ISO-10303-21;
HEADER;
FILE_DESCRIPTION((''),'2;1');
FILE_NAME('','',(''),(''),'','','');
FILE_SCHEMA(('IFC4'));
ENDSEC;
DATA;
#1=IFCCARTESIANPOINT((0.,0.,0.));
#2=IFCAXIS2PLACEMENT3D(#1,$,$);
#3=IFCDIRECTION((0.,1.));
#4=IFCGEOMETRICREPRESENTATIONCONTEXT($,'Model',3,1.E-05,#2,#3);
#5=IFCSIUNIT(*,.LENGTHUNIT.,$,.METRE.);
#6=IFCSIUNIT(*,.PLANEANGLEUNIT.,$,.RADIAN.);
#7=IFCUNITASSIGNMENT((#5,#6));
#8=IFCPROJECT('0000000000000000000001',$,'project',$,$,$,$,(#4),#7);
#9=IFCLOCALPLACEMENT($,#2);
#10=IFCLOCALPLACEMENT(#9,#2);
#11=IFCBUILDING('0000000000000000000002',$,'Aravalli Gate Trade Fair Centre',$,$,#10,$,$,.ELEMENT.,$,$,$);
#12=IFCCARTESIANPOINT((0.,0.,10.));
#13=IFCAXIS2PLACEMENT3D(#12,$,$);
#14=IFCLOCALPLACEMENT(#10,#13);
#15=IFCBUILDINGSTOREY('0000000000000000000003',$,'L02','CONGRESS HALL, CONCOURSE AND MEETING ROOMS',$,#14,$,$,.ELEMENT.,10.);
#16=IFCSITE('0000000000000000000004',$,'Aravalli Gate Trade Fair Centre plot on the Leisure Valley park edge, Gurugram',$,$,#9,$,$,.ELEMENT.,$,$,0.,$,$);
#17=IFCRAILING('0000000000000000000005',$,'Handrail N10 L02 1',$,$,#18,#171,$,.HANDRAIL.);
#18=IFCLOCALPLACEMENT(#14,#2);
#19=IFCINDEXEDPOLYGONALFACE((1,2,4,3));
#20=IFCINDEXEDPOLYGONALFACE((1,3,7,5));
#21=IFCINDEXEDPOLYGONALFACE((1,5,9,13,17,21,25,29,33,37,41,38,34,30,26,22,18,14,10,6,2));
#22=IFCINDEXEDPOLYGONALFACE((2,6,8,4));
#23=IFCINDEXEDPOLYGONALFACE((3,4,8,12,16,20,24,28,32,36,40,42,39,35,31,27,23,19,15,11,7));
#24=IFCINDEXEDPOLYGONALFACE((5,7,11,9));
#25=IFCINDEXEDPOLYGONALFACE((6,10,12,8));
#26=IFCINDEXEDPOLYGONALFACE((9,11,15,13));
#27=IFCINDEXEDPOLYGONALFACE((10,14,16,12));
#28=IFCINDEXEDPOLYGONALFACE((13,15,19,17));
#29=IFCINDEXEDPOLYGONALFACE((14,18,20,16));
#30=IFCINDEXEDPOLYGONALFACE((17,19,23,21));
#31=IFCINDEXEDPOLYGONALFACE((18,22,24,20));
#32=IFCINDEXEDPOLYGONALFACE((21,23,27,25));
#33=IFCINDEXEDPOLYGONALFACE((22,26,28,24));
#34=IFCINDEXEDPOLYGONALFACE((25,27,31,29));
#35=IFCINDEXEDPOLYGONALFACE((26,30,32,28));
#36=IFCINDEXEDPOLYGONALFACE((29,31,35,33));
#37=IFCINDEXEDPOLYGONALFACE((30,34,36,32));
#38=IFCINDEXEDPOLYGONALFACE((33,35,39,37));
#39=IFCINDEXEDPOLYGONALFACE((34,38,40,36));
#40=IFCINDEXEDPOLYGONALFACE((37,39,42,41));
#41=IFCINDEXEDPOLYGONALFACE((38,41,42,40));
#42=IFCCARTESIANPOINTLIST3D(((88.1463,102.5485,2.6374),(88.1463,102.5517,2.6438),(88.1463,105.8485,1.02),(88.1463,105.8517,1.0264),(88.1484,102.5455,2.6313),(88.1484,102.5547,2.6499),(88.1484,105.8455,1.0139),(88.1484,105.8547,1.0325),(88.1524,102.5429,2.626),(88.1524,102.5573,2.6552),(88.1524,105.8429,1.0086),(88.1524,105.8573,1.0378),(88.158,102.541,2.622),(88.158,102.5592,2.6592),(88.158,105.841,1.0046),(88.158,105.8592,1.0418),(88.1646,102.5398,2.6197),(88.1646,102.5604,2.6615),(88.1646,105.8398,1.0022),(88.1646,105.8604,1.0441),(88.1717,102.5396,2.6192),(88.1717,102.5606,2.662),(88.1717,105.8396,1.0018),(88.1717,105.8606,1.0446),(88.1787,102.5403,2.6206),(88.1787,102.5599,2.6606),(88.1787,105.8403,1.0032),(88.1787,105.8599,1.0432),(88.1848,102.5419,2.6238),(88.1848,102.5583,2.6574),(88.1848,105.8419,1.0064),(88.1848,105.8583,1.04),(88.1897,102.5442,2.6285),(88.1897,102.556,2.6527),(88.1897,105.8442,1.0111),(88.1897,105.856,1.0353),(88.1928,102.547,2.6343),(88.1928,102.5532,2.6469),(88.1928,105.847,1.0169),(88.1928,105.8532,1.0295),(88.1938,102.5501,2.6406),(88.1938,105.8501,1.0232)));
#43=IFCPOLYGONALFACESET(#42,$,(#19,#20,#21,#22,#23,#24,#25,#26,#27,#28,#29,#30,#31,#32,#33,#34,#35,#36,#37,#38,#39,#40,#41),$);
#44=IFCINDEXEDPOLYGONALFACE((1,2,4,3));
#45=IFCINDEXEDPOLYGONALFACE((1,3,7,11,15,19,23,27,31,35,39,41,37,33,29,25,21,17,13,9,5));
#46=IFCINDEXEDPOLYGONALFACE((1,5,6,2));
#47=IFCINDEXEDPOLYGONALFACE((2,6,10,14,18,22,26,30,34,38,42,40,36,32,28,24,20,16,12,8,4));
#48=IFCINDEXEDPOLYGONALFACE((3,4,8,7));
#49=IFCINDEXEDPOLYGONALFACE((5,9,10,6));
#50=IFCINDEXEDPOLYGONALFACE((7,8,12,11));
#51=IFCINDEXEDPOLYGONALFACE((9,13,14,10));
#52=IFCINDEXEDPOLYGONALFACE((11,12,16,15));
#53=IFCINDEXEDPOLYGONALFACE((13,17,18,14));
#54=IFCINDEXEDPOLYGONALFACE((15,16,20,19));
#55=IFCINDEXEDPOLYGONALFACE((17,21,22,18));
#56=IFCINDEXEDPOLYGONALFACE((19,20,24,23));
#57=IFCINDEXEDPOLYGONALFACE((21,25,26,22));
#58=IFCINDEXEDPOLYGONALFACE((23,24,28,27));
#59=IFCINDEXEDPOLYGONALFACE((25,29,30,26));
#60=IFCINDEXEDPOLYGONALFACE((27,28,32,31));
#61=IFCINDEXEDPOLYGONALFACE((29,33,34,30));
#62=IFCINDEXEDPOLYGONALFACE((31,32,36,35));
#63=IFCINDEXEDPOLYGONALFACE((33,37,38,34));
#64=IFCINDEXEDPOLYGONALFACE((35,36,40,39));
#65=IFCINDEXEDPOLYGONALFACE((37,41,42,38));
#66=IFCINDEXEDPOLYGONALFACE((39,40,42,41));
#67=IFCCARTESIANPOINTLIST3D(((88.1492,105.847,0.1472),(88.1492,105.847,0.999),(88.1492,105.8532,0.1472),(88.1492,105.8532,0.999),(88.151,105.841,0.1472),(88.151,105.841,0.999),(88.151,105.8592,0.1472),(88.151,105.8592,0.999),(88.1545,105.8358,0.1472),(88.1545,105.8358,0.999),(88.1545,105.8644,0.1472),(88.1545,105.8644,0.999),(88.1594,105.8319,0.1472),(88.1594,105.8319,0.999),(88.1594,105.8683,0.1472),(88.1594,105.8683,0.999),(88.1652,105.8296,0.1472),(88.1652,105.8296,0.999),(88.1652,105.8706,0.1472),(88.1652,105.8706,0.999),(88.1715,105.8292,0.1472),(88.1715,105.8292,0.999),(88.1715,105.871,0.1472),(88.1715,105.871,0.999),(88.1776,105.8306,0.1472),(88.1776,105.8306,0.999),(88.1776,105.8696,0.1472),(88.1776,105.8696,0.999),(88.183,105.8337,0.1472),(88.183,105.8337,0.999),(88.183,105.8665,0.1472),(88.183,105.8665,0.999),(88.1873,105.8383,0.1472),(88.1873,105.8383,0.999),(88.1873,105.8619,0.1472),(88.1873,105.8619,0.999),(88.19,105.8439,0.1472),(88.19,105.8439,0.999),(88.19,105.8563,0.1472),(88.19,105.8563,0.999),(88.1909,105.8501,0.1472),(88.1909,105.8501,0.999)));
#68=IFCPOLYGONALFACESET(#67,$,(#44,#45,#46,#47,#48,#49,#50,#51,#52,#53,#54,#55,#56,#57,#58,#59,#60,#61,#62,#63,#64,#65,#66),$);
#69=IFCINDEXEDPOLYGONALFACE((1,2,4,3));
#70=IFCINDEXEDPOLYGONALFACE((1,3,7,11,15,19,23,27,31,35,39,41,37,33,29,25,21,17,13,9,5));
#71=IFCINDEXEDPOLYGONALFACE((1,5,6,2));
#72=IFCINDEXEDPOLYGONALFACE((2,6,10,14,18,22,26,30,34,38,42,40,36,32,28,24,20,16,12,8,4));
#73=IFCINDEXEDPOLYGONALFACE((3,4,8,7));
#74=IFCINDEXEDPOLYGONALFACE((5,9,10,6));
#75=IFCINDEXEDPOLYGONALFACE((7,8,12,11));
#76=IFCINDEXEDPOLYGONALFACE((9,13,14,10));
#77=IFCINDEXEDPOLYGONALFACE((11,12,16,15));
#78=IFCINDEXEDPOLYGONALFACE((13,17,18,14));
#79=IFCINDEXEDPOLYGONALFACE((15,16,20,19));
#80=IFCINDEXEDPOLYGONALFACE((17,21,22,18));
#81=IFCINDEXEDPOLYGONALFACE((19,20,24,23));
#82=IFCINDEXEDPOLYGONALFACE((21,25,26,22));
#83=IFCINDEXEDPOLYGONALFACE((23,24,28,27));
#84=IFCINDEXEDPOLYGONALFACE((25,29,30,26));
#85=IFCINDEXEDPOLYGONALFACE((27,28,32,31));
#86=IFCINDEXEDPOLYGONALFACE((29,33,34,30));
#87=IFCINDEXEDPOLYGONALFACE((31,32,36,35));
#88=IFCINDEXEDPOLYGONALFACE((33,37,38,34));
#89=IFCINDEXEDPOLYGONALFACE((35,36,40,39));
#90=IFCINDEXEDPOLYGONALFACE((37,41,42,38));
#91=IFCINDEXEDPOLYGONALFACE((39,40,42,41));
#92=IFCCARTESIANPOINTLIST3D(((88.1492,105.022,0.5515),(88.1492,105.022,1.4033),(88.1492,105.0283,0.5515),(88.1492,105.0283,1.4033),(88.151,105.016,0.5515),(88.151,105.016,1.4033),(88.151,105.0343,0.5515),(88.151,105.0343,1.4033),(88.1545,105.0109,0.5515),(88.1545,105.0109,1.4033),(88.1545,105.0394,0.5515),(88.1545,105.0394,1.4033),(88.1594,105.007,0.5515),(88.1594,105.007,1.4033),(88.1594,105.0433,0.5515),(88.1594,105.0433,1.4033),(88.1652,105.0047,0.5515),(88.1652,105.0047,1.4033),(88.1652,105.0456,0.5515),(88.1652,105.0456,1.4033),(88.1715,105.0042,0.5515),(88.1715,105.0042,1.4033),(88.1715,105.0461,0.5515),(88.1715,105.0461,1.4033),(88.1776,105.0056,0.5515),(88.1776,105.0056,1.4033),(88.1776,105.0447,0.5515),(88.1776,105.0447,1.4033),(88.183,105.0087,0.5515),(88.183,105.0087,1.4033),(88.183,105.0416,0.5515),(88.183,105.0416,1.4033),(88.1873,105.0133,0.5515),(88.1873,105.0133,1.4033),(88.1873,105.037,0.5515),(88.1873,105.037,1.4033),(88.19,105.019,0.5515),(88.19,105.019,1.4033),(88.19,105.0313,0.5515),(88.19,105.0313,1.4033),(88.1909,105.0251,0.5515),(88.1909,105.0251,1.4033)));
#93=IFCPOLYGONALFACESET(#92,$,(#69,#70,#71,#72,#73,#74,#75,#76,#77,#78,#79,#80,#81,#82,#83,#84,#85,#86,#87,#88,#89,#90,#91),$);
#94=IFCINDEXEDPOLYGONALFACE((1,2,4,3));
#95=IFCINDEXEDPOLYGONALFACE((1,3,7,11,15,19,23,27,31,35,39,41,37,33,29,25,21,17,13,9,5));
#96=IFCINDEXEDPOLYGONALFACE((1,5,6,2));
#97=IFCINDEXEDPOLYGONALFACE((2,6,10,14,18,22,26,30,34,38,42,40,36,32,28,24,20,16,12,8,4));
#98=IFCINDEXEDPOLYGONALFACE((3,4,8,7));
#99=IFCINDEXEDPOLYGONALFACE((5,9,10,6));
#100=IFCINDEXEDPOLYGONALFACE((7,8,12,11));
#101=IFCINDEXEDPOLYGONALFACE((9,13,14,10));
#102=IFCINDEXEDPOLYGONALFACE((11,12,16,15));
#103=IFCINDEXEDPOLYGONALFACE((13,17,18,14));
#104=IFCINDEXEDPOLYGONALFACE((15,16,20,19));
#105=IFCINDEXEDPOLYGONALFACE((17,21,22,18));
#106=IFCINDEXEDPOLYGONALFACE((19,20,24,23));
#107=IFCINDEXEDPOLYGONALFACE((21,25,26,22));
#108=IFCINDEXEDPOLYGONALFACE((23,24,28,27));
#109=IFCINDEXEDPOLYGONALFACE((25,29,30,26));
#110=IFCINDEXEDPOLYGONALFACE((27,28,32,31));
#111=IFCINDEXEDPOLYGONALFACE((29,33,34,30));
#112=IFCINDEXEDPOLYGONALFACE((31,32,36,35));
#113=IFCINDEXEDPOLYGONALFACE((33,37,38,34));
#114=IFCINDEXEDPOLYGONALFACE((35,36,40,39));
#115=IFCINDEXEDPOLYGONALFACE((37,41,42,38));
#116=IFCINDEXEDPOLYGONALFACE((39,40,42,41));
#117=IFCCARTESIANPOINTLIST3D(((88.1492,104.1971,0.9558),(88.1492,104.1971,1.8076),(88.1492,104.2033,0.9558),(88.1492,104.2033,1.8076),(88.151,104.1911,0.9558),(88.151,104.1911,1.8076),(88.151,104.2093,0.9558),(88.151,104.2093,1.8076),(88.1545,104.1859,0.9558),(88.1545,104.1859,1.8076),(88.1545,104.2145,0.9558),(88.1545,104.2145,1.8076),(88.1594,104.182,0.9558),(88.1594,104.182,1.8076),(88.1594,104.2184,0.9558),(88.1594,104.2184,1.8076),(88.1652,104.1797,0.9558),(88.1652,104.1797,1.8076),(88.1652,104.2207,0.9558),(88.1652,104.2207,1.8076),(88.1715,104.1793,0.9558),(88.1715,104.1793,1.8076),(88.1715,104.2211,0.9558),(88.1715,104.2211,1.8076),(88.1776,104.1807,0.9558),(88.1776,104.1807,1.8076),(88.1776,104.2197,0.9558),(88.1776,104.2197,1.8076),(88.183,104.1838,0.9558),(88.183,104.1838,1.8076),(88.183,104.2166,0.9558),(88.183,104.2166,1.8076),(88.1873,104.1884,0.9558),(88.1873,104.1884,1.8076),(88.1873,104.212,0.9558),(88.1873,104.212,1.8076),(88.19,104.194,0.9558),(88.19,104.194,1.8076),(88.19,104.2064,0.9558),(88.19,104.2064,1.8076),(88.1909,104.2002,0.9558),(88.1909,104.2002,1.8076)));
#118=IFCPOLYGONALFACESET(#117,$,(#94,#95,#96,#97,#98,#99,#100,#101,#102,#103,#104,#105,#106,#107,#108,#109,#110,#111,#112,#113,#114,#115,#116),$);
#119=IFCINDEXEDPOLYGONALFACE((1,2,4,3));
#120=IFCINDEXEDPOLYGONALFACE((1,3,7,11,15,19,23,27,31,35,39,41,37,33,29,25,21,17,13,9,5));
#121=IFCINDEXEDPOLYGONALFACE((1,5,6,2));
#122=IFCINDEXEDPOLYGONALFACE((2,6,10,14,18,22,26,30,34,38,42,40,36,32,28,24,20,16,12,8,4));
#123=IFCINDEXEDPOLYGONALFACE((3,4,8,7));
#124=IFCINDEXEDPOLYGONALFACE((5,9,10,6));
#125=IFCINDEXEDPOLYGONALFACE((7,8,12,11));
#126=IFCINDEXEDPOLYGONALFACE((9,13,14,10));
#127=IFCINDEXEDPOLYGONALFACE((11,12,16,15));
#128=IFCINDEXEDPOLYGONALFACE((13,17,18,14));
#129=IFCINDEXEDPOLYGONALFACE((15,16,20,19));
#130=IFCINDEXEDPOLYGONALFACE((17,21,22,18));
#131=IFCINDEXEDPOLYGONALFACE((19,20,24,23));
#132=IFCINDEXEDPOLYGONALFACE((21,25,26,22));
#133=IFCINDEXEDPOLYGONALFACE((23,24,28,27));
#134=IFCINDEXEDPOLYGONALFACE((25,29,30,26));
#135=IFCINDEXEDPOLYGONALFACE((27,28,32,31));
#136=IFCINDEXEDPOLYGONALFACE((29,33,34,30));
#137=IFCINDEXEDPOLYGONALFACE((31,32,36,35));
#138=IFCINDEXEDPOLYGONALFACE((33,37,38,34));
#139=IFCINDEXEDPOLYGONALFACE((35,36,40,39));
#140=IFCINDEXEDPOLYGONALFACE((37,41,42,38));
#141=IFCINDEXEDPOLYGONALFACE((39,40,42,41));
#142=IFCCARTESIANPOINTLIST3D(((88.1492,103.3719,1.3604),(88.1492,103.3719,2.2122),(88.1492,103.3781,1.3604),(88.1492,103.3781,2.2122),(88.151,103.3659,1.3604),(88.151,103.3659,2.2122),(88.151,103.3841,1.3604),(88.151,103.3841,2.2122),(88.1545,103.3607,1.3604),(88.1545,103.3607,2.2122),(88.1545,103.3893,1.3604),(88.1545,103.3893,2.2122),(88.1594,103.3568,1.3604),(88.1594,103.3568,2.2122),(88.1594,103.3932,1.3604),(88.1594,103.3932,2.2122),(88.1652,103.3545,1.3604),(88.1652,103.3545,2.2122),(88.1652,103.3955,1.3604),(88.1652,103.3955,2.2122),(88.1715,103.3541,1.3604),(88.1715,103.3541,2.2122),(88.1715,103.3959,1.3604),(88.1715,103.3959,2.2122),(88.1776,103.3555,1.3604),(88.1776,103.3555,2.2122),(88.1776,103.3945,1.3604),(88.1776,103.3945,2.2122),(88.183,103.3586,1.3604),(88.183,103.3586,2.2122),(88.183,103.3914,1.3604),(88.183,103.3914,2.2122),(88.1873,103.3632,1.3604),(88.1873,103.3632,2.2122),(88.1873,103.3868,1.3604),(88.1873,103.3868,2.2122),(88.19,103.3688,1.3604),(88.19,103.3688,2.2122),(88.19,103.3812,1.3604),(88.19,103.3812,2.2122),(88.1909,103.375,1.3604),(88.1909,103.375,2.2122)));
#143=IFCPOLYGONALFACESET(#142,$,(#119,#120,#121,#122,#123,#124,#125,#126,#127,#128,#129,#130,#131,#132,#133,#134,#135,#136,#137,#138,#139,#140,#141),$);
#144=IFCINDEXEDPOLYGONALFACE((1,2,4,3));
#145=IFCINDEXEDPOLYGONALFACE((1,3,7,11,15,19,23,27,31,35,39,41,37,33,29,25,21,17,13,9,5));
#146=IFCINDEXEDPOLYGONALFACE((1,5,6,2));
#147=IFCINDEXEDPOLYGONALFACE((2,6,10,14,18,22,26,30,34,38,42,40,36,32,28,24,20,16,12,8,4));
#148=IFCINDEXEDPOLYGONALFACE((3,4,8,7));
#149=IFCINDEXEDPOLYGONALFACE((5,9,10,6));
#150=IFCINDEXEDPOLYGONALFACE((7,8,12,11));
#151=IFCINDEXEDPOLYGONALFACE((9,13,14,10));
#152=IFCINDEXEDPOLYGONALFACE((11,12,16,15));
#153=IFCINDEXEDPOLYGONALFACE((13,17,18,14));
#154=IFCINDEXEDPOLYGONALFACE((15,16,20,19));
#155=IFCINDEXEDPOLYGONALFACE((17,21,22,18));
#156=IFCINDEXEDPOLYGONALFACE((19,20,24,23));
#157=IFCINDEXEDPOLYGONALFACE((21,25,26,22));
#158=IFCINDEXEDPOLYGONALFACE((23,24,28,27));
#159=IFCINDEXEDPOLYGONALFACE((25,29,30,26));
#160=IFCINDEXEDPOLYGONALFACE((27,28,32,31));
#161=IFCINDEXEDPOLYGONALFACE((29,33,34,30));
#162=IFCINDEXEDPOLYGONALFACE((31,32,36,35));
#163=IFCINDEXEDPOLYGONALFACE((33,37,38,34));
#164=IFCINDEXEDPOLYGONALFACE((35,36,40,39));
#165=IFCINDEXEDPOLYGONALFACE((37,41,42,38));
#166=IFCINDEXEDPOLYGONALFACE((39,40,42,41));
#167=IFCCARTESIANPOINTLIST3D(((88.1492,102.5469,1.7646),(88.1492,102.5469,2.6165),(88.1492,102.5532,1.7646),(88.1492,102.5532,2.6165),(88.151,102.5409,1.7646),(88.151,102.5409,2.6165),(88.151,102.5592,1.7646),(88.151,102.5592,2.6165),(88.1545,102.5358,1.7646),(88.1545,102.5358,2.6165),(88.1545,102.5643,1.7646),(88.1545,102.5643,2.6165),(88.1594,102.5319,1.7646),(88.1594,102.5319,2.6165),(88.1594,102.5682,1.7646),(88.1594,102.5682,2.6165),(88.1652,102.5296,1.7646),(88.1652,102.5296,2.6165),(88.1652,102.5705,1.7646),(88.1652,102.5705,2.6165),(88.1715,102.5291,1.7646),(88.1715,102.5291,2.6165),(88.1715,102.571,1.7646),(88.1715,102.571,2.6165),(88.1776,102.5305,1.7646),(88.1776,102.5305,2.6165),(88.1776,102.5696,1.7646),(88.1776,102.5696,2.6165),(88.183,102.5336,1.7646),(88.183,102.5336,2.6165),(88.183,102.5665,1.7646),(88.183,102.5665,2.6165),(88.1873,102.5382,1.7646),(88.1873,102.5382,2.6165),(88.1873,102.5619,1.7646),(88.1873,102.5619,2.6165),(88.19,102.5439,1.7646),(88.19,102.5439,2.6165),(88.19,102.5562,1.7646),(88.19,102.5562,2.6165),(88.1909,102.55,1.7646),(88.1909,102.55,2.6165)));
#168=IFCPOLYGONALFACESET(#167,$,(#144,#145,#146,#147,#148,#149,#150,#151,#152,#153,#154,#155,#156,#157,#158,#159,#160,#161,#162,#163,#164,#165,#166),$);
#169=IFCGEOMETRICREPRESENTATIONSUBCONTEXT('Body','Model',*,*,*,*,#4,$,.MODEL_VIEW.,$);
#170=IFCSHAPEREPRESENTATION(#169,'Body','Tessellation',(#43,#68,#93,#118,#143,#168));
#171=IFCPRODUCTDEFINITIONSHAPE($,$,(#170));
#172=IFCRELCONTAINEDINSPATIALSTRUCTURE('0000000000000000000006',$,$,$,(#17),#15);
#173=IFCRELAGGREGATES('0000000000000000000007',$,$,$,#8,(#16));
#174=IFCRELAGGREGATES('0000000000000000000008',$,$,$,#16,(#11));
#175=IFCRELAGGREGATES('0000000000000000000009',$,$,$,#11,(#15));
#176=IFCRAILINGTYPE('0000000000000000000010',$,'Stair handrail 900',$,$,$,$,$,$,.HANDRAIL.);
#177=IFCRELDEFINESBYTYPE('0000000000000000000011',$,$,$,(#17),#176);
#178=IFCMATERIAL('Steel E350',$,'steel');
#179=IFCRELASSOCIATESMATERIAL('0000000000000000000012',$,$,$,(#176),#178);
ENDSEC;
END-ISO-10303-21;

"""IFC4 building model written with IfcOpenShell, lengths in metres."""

from ifc_helpers import new_model, si_unit, direction, frame, origin, origin_2d, place, context, subcontext, project, spatial, circle, extrude, material, type_object, element, save


model = new_model("IFC4")

# Units and contexts
model_context = context("Model", 3, precision=1e-05, world=origin(), true_north=direction((0.0, 1.0)))
body_context = subcontext(model_context, "Body", "Model", "MODEL_VIEW")
ifc_project = project(units=[si_unit("LENGTHUNIT", "METRE"), si_unit("PLANEANGLEUNIT", "RADIAN")], contexts=[model_context])

# Site, building, storey
site_placement = place(None, origin())
site = spatial("IfcSite", under=ifc_project, at=site_placement, Name="Aravalli Gate Trade Fair Centre plot on the Leisure Valley park edge, Gurugram", CompositionType="ELEMENT", RefElevation=0.0)
building_placement = place(site_placement, origin())
building = spatial("IfcBuilding", under=site, at=building_placement, Name="Aravalli Gate Trade Fair Centre", CompositionType="ELEMENT")
storey_placement = place(building_placement, frame((0.0, 0.0, 10.0)))
storey = spatial("IfcBuildingStorey", under=building, at=storey_placement, Name="L02", Description="CONGRESS HALL, CONCOURSE AND MEETING ROOMS", CompositionType="ELEMENT", Elevation=10.0)

# Shared definitions
ifc_material_1 = material(Name="Steel E350", Category="steel")

# Railing
railing_type_1 = type_object("IfcRailingType", Name="Stair handrail 900", PredefinedType="HANDRAIL", material=ifc_material_1)
for number, where, name in (
    (1, (88.1699, 105.8501, 0.1472), "Handrail N10 L02 1"),
):
    element("IfcRailing", number, at=place(storey_placement, frame(where)), inside=storey, type_object=railing_type_1, Name=name, PredefinedType="HANDRAIL", context=body_context, shape_type="SweptSolid", body=[
        extrude(circle(Radius=0.0239, at=origin_2d()), frame((0.0, 0.0, 0.876), z_axis=(0.0, -0.897946, 0.440105), x_axis=(1.0, 0.0, 0.0)), (0.0, 0.0, 1.0), 3.675),
        extrude(circle(Radius=0.021, at=origin_2d()), origin(), (0.0, 0.0, 1.0), 0.8518),
        extrude(circle(Radius=0.021, at=origin_2d()), frame((0.0, -0.825, 0.4043)), (0.0, 0.0, 1.0), 0.8518),
        extrude(circle(Radius=0.021, at=origin_2d()), frame((0.0, -1.6499, 0.8086)), (0.0, 0.0, 1.0), 0.8518),
        extrude(circle(Radius=0.021, at=origin_2d()), frame((0.0, -2.4751, 1.2131)), (0.0, 0.0, 1.0), 0.8518),
        extrude(circle(Radius=0.021, at=origin_2d()), frame((0.0, -3.3, 1.6174)), (0.0, 0.0, 1.0), 0.8518),
    ])

save(model, "model.ifc")
